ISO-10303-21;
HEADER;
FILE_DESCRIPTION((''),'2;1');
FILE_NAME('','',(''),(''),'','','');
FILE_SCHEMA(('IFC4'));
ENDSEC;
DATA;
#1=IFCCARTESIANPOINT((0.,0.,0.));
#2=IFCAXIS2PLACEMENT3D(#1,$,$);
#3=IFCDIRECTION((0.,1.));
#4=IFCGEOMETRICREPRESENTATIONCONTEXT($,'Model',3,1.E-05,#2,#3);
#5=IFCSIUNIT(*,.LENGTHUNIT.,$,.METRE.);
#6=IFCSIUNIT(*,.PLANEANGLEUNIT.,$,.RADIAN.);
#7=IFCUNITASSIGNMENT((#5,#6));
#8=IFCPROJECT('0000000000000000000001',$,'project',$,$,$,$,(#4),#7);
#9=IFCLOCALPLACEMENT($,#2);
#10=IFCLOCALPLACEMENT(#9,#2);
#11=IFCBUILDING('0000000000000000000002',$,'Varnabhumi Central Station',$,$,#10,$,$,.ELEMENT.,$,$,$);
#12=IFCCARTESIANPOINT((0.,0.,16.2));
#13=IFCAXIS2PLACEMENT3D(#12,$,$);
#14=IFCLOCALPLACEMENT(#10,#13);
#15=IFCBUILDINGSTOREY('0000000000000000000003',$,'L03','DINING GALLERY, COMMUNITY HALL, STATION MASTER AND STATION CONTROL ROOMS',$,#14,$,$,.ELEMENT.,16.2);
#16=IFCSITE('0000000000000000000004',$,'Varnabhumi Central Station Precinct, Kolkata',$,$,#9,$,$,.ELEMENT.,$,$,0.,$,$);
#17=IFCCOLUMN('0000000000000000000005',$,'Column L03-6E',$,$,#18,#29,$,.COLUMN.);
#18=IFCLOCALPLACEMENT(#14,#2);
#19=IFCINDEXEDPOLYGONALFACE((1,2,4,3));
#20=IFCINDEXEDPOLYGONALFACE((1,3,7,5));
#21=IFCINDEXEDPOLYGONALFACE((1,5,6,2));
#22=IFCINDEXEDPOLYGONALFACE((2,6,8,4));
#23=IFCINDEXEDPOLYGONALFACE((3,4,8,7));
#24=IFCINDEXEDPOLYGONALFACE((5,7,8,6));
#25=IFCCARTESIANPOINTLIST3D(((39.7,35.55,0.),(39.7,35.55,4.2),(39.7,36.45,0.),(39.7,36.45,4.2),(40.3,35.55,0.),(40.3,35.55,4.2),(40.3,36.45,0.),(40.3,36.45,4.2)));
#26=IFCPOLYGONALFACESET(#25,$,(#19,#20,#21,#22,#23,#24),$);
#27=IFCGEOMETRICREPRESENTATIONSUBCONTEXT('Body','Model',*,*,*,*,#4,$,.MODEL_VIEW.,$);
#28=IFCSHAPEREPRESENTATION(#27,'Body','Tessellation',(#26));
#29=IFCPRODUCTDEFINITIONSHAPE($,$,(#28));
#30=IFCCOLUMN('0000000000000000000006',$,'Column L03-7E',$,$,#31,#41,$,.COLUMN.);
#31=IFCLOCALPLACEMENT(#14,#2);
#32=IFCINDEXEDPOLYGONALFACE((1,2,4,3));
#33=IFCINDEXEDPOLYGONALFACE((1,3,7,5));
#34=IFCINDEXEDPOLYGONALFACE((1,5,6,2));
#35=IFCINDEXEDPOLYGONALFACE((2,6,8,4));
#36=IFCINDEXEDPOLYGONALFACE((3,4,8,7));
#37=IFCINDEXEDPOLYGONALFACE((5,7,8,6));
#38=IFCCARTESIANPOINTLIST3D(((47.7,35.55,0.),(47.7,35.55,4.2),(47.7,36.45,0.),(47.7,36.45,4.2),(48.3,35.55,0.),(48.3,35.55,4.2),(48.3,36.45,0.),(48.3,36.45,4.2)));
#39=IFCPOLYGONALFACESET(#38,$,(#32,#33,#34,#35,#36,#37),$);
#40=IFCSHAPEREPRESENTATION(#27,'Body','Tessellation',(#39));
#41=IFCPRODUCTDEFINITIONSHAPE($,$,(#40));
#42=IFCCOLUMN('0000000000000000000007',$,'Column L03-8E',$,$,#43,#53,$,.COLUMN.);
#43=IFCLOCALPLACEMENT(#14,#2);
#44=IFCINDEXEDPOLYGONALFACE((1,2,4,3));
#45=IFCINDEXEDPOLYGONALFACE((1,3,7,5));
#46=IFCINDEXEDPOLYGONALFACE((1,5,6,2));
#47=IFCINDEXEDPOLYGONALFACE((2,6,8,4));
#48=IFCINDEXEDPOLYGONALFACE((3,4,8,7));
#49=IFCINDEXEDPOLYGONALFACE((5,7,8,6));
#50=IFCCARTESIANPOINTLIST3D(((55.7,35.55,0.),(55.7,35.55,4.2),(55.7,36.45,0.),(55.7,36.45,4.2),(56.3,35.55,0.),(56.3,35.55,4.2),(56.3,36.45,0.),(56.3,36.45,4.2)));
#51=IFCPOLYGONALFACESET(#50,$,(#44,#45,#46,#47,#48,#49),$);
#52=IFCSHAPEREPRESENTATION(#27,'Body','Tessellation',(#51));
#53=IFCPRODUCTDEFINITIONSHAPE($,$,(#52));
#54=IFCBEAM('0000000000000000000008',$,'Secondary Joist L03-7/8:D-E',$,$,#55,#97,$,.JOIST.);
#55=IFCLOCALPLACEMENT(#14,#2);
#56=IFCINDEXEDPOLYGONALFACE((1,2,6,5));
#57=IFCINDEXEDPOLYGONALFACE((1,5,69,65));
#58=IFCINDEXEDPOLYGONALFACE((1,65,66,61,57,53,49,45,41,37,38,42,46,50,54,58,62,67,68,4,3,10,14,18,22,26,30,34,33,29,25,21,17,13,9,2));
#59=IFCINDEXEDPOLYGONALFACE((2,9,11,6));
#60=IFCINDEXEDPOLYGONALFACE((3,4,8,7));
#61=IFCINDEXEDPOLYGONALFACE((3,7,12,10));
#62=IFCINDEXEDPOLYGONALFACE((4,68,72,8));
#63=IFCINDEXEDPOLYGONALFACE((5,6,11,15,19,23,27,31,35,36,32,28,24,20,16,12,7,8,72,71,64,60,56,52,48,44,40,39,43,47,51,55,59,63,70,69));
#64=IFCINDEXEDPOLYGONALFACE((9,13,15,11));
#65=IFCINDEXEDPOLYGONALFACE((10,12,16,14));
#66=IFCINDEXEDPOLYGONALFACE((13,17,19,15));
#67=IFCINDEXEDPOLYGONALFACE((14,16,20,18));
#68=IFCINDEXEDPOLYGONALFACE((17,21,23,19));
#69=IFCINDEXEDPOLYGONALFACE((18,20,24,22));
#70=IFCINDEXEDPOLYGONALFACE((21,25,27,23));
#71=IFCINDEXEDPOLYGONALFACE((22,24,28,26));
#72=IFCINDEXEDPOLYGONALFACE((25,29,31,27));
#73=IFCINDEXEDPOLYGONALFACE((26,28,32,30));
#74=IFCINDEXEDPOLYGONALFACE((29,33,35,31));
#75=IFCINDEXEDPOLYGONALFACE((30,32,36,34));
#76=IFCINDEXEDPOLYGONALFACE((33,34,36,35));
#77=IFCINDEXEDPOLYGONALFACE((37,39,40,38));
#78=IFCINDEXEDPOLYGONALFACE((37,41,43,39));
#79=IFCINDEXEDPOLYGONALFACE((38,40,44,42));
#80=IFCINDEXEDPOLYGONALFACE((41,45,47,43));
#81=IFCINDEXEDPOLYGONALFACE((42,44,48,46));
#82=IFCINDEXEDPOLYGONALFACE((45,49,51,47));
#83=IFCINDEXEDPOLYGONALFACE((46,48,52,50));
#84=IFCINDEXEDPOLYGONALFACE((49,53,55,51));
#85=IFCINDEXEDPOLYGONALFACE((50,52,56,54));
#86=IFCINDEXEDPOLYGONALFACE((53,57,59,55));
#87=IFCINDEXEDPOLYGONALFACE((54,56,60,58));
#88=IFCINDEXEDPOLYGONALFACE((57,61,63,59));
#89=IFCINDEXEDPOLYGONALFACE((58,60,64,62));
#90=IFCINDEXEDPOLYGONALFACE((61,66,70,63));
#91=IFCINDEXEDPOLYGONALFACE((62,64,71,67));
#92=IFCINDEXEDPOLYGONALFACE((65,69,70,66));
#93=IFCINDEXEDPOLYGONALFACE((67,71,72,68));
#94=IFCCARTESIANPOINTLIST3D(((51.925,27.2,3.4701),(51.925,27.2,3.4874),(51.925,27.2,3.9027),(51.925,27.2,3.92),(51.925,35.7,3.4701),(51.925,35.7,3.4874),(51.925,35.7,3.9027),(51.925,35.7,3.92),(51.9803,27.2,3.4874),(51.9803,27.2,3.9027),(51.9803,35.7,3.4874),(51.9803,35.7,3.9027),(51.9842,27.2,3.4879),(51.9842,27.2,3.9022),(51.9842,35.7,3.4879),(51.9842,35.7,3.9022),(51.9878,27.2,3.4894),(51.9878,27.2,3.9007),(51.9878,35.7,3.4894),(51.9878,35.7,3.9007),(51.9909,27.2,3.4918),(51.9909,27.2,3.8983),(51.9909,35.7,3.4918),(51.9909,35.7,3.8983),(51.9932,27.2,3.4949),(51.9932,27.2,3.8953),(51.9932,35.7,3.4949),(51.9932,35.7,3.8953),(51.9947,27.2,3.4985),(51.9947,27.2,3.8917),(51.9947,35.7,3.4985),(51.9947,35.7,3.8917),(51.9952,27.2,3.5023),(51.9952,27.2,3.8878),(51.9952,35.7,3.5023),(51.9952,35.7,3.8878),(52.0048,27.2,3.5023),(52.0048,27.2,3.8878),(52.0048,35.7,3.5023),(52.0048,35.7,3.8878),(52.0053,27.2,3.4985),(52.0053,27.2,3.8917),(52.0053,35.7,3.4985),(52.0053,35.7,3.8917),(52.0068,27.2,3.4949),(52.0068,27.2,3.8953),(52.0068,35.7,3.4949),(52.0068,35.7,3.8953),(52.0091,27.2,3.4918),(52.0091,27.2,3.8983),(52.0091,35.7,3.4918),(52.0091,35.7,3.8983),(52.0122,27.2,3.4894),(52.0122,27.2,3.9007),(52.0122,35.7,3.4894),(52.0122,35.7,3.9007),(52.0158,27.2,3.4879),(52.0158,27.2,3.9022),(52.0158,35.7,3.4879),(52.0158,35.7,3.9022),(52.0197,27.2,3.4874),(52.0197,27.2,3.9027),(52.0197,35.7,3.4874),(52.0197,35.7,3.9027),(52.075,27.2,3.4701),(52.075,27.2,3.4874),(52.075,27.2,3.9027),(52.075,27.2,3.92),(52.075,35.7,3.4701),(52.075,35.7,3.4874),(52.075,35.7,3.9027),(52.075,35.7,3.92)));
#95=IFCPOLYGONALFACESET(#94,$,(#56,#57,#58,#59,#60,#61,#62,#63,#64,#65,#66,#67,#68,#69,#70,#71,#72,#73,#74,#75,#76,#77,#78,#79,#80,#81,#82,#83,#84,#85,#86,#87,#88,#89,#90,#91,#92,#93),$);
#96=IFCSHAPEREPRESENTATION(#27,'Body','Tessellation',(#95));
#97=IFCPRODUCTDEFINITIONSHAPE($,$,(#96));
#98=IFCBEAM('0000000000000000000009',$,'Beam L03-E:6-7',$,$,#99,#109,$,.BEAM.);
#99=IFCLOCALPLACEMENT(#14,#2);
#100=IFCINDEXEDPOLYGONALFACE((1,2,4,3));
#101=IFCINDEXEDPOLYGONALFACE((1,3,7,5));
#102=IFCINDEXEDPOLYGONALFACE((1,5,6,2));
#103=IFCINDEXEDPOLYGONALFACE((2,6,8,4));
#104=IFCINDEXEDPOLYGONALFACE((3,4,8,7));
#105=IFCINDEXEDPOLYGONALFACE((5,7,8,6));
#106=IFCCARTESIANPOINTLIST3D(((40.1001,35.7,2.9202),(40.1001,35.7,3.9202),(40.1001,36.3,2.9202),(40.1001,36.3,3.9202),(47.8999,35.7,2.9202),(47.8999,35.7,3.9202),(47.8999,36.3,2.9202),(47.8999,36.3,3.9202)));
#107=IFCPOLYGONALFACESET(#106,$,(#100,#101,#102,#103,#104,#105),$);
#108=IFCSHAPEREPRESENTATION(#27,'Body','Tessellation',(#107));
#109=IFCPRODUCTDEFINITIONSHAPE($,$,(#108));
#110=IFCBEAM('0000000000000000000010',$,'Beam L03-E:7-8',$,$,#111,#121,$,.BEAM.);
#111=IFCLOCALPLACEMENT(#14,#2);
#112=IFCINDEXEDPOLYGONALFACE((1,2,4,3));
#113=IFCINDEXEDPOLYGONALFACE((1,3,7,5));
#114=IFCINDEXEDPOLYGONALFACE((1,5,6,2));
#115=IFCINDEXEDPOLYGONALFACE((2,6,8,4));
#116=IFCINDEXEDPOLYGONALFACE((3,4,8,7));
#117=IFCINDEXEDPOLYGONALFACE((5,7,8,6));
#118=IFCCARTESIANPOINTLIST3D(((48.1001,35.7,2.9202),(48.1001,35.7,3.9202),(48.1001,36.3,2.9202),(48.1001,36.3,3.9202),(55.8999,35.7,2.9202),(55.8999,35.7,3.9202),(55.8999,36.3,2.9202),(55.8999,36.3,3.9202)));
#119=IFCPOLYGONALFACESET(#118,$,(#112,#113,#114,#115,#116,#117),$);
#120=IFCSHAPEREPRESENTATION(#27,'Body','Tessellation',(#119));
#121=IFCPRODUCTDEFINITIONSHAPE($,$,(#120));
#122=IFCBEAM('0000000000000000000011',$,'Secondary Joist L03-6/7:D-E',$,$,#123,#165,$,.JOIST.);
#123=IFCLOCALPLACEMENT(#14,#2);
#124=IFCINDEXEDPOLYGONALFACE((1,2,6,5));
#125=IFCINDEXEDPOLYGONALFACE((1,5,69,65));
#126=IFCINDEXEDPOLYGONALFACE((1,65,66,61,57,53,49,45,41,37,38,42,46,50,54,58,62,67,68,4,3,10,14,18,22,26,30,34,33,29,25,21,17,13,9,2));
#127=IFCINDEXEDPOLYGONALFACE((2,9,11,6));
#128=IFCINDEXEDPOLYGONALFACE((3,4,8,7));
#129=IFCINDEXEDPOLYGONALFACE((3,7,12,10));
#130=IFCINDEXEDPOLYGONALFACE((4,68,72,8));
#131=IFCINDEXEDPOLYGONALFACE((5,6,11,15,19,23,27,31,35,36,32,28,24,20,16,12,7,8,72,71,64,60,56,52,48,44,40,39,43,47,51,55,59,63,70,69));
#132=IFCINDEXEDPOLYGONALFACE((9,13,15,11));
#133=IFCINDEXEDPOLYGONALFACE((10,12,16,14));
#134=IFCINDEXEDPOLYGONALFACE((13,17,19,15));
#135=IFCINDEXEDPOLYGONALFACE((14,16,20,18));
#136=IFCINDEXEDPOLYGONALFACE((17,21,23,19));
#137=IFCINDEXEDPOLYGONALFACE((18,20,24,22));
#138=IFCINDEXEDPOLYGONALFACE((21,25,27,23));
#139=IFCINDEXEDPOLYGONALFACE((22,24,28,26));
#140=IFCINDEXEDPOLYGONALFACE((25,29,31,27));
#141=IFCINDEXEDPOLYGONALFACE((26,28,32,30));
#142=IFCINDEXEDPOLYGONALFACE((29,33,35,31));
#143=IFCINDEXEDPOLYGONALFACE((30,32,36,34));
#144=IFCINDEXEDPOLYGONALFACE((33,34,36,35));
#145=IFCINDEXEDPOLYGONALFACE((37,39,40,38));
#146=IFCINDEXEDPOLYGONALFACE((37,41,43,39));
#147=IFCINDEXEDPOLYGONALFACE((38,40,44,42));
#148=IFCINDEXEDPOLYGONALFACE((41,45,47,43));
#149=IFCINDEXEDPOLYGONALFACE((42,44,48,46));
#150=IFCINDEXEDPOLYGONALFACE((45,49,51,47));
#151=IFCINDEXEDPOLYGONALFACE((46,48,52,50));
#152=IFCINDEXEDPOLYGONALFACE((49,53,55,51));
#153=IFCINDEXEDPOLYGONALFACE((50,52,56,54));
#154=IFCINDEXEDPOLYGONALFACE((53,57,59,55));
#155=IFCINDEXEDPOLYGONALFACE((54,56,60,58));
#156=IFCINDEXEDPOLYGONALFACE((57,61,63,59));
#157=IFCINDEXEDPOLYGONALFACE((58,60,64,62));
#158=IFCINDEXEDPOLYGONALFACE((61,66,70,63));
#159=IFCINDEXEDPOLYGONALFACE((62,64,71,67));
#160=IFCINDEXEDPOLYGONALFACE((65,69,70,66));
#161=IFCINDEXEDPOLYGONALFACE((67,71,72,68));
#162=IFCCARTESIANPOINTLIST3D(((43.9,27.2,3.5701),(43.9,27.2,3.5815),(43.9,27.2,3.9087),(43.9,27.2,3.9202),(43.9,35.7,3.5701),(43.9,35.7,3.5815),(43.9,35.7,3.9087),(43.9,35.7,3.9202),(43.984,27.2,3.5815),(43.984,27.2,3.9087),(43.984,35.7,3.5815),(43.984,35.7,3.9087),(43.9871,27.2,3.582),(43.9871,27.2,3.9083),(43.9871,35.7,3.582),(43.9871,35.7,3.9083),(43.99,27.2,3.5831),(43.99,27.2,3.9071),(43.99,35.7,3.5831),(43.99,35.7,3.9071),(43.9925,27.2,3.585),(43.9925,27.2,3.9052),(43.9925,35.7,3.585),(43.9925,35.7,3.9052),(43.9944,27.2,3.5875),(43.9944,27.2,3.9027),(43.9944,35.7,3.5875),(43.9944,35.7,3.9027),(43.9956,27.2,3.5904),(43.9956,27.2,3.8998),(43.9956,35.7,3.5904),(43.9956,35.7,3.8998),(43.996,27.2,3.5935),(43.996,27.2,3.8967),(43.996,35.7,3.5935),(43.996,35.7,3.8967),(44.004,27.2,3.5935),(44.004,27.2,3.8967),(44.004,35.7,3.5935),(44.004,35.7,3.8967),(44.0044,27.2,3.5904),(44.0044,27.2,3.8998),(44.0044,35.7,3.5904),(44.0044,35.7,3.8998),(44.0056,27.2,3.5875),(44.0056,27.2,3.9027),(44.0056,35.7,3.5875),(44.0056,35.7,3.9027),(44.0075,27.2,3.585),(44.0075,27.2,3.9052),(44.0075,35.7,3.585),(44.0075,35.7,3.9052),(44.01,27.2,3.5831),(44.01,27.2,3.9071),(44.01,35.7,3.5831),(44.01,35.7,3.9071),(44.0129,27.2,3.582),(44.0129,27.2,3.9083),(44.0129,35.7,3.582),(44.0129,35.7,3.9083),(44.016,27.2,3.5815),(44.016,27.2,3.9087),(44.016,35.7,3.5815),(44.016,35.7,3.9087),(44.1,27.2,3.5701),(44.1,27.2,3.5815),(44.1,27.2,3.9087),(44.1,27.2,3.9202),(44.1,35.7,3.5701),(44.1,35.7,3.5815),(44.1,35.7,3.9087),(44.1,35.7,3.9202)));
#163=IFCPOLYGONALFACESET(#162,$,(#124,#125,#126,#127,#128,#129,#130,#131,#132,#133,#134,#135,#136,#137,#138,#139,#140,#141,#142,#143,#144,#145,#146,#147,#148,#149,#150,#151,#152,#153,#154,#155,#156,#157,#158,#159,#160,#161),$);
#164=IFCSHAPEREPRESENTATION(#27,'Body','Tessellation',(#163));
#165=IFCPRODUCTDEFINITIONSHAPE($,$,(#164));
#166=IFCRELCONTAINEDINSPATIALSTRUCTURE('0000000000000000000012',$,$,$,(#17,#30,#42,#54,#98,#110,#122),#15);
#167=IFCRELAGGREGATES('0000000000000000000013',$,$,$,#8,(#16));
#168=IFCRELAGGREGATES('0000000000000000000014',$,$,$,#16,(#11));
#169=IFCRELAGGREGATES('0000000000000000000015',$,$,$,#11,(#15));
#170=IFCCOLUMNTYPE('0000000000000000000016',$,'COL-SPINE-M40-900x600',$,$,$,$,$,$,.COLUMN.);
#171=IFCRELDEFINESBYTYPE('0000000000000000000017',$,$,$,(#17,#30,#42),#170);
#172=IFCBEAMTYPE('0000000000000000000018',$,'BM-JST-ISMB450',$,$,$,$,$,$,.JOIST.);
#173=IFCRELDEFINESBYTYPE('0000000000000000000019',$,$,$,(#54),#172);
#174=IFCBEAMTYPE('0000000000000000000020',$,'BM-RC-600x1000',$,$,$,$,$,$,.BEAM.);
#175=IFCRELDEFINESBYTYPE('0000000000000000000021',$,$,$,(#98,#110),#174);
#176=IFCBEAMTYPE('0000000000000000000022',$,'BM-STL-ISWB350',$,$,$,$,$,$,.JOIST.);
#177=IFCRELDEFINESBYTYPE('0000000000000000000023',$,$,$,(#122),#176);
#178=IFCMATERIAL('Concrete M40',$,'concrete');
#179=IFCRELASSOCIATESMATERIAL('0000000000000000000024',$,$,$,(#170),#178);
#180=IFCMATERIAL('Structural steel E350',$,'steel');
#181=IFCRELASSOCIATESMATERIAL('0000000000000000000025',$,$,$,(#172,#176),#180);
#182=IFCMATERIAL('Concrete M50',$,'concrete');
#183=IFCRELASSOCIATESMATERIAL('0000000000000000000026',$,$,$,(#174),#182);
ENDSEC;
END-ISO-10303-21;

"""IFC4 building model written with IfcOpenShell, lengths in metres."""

from ifc_helpers import new_model, si_unit, direction, frame, origin, origin_2d, place, context, subcontext, project, spatial, rectangle, i_section, extrude, material, material_profile, profile_set, type_object, element, save


model = new_model("IFC4")

# Units and contexts
model_context = context("Model", 3, precision=1e-05, world=origin(), true_north=direction((0.0, 1.0)))
body_context = subcontext(model_context, "Body", "Model", "MODEL_VIEW")
ifc_project = project(units=[si_unit("LENGTHUNIT", "METRE"), si_unit("PLANEANGLEUNIT", "RADIAN")], contexts=[model_context])

# Site, building, storey
site_placement = place(None, origin())
site = spatial("IfcSite", under=ifc_project, at=site_placement, Name="Varnabhumi Central Station Precinct, Kolkata", CompositionType="ELEMENT", RefElevation=0.0)
building_placement = place(site_placement, origin())
building = spatial("IfcBuilding", under=site, at=building_placement, Name="Varnabhumi Central Station", CompositionType="ELEMENT")
storey_placement = place(building_placement, frame((0.0, 0.0, 16.2)))
storey = spatial("IfcBuildingStorey", under=building, at=storey_placement, Name="L03", Description="DINING GALLERY, COMMUNITY HALL, STATION MASTER AND STATION CONTROL ROOMS", CompositionType="ELEMENT", Elevation=16.2)

# Columns
ifc_material_1 = material(Name="Concrete M40", Category="concrete")
ifc_material_profile_1 = material_profile(ifc_material_1, rectangle(XDim=0.6001, YDim=0.8999, at=origin_2d()), Name="Concrete M40", Category="concrete")
ifc_profile_set_1 = profile_set([ifc_material_profile_1], Name="Concrete M40")
column_type = type_object("IfcColumnType", Name="COL-SPINE-M40-900x600", PredefinedType="COLUMN", material=ifc_profile_set_1)
for number, where, z_axis, x_axis, name in (
    (1, (40.0, 36.0, 0.0), (0.0, 0.0, 1.0), (1.0, 0.0, 0.0), "Column L03-6E"),
    (2, (48.0, 36.0, 0.0), (0.0, 0.0, 1.0), (1.0, 0.0, 0.0), "Column L03-7E"),
    (3, (56.0, 36.0, 0.0), (0.0, 0.0, 1.0), (1.0, 0.0, 0.0), "Column L03-8E"),
):
    element("IfcColumn", number, at=place(storey_placement, frame(where, z_axis=z_axis, x_axis=x_axis)), inside=storey, type_object=column_type, Name=name, PredefinedType="COLUMN", context=body_context, shape_type="SweptSolid", body=[
        extrude(rectangle(XDim=0.6001, YDim=0.8999, at=origin_2d()), origin(), (0.0, 0.0, 1.0), 4.2),
    ])

# Beams
ifc_material_2 = material(Name="Structural steel E350", Category="steel")
ifc_material_profile_2 = material_profile(ifc_material_2, i_section(OverallWidth=0.1499, OverallDepth=0.45, WebThickness=0.0095, FlangeThickness=0.0173, FilletRadius=0.0149, at=origin_2d()), Name="Structural steel E350", Category="steel")
ifc_profile_set_2 = profile_set([ifc_material_profile_2], Name="Structural steel E350")
beam_type_1 = type_object("IfcBeamType", Name="BM-JST-ISMB450", PredefinedType="JOIST", material=ifc_profile_set_2)
beam_1_placement = place(storey_placement, frame((52.0, 27.2, 3.6951), z_axis=(0.0, 1.0, 0.0), x_axis=(-1.0, 0.0, 0.0)))
element("IfcBeam", 4, at=beam_1_placement, inside=storey, type_object=beam_type_1, Name="Secondary Joist L03-7/8:D-E", PredefinedType="JOIST", context=body_context, shape_type="SweptSolid", body=[
    extrude(i_section(OverallWidth=0.1499, OverallDepth=0.45, WebThickness=0.0095, FlangeThickness=0.0173, FilletRadius=0.0149, at=origin_2d()), origin(), (0.0, 0.0, 1.0), 8.5),
])
ifc_material_3 = material(Name="Concrete M50", Category="concrete")
ifc_material_profile_3 = material_profile(ifc_material_3, rectangle(XDim=0.6001, YDim=1.0, at=origin_2d()), Name="Concrete M50", Category="concrete")
ifc_profile_set_3 = profile_set([ifc_material_profile_3], Name="Concrete M50")
beam_type_2 = type_object("IfcBeamType", Name="BM-RC-600x1000", PredefinedType="BEAM", material=ifc_profile_set_3)
for number, where, z_axis, x_axis, name in (
    (5, (40.1001, 36.0, 3.4202), (1.0, 0.0, 0.0), (0.0, 1.0, 0.0), "Beam L03-E:6-7"),
    (6, (48.1001, 36.0, 3.4202), (1.0, 0.0, 0.0), (0.0, 1.0, 0.0), "Beam L03-E:7-8"),
):
    element("IfcBeam", number, at=place(storey_placement, frame(where, z_axis=z_axis, x_axis=x_axis)), inside=storey, type_object=beam_type_2, Name=name, PredefinedType="BEAM", context=body_context, shape_type="SweptSolid", body=[
        extrude(rectangle(XDim=0.6001, YDim=1.0, at=origin_2d()), origin(), (0.0, 0.0, 1.0), 7.7998),
    ])
ifc_material_profile_4 = material_profile(ifc_material_2, i_section(OverallWidth=0.2, OverallDepth=0.3501, WebThickness=0.0081, FlangeThickness=0.0115, FilletRadius=0.012, at=origin_2d()), Name="Structural steel E350", Category="steel")
ifc_profile_set_4 = profile_set([ifc_material_profile_4], Name="Structural steel E350")
beam_type_3 = type_object("IfcBeamType", Name="BM-STL-ISWB350", PredefinedType="JOIST", material=ifc_profile_set_4)
beam_2_placement = place(storey_placement, frame((44.0, 27.2, 3.7451), z_axis=(0.0, 1.0, 0.0), x_axis=(-1.0, 0.0, 0.0)))
element("IfcBeam", 7, at=beam_2_placement, inside=storey, type_object=beam_type_3, Name="Secondary Joist L03-6/7:D-E", PredefinedType="JOIST", context=body_context, shape_type="SweptSolid", body=[
    extrude(i_section(OverallWidth=0.2, OverallDepth=0.3501, WebThickness=0.0081, FlangeThickness=0.0115, FilletRadius=0.012, at=origin_2d()), origin(), (0.0, 0.0, 1.0), 8.5),
])

save(model, "model.ifc")
